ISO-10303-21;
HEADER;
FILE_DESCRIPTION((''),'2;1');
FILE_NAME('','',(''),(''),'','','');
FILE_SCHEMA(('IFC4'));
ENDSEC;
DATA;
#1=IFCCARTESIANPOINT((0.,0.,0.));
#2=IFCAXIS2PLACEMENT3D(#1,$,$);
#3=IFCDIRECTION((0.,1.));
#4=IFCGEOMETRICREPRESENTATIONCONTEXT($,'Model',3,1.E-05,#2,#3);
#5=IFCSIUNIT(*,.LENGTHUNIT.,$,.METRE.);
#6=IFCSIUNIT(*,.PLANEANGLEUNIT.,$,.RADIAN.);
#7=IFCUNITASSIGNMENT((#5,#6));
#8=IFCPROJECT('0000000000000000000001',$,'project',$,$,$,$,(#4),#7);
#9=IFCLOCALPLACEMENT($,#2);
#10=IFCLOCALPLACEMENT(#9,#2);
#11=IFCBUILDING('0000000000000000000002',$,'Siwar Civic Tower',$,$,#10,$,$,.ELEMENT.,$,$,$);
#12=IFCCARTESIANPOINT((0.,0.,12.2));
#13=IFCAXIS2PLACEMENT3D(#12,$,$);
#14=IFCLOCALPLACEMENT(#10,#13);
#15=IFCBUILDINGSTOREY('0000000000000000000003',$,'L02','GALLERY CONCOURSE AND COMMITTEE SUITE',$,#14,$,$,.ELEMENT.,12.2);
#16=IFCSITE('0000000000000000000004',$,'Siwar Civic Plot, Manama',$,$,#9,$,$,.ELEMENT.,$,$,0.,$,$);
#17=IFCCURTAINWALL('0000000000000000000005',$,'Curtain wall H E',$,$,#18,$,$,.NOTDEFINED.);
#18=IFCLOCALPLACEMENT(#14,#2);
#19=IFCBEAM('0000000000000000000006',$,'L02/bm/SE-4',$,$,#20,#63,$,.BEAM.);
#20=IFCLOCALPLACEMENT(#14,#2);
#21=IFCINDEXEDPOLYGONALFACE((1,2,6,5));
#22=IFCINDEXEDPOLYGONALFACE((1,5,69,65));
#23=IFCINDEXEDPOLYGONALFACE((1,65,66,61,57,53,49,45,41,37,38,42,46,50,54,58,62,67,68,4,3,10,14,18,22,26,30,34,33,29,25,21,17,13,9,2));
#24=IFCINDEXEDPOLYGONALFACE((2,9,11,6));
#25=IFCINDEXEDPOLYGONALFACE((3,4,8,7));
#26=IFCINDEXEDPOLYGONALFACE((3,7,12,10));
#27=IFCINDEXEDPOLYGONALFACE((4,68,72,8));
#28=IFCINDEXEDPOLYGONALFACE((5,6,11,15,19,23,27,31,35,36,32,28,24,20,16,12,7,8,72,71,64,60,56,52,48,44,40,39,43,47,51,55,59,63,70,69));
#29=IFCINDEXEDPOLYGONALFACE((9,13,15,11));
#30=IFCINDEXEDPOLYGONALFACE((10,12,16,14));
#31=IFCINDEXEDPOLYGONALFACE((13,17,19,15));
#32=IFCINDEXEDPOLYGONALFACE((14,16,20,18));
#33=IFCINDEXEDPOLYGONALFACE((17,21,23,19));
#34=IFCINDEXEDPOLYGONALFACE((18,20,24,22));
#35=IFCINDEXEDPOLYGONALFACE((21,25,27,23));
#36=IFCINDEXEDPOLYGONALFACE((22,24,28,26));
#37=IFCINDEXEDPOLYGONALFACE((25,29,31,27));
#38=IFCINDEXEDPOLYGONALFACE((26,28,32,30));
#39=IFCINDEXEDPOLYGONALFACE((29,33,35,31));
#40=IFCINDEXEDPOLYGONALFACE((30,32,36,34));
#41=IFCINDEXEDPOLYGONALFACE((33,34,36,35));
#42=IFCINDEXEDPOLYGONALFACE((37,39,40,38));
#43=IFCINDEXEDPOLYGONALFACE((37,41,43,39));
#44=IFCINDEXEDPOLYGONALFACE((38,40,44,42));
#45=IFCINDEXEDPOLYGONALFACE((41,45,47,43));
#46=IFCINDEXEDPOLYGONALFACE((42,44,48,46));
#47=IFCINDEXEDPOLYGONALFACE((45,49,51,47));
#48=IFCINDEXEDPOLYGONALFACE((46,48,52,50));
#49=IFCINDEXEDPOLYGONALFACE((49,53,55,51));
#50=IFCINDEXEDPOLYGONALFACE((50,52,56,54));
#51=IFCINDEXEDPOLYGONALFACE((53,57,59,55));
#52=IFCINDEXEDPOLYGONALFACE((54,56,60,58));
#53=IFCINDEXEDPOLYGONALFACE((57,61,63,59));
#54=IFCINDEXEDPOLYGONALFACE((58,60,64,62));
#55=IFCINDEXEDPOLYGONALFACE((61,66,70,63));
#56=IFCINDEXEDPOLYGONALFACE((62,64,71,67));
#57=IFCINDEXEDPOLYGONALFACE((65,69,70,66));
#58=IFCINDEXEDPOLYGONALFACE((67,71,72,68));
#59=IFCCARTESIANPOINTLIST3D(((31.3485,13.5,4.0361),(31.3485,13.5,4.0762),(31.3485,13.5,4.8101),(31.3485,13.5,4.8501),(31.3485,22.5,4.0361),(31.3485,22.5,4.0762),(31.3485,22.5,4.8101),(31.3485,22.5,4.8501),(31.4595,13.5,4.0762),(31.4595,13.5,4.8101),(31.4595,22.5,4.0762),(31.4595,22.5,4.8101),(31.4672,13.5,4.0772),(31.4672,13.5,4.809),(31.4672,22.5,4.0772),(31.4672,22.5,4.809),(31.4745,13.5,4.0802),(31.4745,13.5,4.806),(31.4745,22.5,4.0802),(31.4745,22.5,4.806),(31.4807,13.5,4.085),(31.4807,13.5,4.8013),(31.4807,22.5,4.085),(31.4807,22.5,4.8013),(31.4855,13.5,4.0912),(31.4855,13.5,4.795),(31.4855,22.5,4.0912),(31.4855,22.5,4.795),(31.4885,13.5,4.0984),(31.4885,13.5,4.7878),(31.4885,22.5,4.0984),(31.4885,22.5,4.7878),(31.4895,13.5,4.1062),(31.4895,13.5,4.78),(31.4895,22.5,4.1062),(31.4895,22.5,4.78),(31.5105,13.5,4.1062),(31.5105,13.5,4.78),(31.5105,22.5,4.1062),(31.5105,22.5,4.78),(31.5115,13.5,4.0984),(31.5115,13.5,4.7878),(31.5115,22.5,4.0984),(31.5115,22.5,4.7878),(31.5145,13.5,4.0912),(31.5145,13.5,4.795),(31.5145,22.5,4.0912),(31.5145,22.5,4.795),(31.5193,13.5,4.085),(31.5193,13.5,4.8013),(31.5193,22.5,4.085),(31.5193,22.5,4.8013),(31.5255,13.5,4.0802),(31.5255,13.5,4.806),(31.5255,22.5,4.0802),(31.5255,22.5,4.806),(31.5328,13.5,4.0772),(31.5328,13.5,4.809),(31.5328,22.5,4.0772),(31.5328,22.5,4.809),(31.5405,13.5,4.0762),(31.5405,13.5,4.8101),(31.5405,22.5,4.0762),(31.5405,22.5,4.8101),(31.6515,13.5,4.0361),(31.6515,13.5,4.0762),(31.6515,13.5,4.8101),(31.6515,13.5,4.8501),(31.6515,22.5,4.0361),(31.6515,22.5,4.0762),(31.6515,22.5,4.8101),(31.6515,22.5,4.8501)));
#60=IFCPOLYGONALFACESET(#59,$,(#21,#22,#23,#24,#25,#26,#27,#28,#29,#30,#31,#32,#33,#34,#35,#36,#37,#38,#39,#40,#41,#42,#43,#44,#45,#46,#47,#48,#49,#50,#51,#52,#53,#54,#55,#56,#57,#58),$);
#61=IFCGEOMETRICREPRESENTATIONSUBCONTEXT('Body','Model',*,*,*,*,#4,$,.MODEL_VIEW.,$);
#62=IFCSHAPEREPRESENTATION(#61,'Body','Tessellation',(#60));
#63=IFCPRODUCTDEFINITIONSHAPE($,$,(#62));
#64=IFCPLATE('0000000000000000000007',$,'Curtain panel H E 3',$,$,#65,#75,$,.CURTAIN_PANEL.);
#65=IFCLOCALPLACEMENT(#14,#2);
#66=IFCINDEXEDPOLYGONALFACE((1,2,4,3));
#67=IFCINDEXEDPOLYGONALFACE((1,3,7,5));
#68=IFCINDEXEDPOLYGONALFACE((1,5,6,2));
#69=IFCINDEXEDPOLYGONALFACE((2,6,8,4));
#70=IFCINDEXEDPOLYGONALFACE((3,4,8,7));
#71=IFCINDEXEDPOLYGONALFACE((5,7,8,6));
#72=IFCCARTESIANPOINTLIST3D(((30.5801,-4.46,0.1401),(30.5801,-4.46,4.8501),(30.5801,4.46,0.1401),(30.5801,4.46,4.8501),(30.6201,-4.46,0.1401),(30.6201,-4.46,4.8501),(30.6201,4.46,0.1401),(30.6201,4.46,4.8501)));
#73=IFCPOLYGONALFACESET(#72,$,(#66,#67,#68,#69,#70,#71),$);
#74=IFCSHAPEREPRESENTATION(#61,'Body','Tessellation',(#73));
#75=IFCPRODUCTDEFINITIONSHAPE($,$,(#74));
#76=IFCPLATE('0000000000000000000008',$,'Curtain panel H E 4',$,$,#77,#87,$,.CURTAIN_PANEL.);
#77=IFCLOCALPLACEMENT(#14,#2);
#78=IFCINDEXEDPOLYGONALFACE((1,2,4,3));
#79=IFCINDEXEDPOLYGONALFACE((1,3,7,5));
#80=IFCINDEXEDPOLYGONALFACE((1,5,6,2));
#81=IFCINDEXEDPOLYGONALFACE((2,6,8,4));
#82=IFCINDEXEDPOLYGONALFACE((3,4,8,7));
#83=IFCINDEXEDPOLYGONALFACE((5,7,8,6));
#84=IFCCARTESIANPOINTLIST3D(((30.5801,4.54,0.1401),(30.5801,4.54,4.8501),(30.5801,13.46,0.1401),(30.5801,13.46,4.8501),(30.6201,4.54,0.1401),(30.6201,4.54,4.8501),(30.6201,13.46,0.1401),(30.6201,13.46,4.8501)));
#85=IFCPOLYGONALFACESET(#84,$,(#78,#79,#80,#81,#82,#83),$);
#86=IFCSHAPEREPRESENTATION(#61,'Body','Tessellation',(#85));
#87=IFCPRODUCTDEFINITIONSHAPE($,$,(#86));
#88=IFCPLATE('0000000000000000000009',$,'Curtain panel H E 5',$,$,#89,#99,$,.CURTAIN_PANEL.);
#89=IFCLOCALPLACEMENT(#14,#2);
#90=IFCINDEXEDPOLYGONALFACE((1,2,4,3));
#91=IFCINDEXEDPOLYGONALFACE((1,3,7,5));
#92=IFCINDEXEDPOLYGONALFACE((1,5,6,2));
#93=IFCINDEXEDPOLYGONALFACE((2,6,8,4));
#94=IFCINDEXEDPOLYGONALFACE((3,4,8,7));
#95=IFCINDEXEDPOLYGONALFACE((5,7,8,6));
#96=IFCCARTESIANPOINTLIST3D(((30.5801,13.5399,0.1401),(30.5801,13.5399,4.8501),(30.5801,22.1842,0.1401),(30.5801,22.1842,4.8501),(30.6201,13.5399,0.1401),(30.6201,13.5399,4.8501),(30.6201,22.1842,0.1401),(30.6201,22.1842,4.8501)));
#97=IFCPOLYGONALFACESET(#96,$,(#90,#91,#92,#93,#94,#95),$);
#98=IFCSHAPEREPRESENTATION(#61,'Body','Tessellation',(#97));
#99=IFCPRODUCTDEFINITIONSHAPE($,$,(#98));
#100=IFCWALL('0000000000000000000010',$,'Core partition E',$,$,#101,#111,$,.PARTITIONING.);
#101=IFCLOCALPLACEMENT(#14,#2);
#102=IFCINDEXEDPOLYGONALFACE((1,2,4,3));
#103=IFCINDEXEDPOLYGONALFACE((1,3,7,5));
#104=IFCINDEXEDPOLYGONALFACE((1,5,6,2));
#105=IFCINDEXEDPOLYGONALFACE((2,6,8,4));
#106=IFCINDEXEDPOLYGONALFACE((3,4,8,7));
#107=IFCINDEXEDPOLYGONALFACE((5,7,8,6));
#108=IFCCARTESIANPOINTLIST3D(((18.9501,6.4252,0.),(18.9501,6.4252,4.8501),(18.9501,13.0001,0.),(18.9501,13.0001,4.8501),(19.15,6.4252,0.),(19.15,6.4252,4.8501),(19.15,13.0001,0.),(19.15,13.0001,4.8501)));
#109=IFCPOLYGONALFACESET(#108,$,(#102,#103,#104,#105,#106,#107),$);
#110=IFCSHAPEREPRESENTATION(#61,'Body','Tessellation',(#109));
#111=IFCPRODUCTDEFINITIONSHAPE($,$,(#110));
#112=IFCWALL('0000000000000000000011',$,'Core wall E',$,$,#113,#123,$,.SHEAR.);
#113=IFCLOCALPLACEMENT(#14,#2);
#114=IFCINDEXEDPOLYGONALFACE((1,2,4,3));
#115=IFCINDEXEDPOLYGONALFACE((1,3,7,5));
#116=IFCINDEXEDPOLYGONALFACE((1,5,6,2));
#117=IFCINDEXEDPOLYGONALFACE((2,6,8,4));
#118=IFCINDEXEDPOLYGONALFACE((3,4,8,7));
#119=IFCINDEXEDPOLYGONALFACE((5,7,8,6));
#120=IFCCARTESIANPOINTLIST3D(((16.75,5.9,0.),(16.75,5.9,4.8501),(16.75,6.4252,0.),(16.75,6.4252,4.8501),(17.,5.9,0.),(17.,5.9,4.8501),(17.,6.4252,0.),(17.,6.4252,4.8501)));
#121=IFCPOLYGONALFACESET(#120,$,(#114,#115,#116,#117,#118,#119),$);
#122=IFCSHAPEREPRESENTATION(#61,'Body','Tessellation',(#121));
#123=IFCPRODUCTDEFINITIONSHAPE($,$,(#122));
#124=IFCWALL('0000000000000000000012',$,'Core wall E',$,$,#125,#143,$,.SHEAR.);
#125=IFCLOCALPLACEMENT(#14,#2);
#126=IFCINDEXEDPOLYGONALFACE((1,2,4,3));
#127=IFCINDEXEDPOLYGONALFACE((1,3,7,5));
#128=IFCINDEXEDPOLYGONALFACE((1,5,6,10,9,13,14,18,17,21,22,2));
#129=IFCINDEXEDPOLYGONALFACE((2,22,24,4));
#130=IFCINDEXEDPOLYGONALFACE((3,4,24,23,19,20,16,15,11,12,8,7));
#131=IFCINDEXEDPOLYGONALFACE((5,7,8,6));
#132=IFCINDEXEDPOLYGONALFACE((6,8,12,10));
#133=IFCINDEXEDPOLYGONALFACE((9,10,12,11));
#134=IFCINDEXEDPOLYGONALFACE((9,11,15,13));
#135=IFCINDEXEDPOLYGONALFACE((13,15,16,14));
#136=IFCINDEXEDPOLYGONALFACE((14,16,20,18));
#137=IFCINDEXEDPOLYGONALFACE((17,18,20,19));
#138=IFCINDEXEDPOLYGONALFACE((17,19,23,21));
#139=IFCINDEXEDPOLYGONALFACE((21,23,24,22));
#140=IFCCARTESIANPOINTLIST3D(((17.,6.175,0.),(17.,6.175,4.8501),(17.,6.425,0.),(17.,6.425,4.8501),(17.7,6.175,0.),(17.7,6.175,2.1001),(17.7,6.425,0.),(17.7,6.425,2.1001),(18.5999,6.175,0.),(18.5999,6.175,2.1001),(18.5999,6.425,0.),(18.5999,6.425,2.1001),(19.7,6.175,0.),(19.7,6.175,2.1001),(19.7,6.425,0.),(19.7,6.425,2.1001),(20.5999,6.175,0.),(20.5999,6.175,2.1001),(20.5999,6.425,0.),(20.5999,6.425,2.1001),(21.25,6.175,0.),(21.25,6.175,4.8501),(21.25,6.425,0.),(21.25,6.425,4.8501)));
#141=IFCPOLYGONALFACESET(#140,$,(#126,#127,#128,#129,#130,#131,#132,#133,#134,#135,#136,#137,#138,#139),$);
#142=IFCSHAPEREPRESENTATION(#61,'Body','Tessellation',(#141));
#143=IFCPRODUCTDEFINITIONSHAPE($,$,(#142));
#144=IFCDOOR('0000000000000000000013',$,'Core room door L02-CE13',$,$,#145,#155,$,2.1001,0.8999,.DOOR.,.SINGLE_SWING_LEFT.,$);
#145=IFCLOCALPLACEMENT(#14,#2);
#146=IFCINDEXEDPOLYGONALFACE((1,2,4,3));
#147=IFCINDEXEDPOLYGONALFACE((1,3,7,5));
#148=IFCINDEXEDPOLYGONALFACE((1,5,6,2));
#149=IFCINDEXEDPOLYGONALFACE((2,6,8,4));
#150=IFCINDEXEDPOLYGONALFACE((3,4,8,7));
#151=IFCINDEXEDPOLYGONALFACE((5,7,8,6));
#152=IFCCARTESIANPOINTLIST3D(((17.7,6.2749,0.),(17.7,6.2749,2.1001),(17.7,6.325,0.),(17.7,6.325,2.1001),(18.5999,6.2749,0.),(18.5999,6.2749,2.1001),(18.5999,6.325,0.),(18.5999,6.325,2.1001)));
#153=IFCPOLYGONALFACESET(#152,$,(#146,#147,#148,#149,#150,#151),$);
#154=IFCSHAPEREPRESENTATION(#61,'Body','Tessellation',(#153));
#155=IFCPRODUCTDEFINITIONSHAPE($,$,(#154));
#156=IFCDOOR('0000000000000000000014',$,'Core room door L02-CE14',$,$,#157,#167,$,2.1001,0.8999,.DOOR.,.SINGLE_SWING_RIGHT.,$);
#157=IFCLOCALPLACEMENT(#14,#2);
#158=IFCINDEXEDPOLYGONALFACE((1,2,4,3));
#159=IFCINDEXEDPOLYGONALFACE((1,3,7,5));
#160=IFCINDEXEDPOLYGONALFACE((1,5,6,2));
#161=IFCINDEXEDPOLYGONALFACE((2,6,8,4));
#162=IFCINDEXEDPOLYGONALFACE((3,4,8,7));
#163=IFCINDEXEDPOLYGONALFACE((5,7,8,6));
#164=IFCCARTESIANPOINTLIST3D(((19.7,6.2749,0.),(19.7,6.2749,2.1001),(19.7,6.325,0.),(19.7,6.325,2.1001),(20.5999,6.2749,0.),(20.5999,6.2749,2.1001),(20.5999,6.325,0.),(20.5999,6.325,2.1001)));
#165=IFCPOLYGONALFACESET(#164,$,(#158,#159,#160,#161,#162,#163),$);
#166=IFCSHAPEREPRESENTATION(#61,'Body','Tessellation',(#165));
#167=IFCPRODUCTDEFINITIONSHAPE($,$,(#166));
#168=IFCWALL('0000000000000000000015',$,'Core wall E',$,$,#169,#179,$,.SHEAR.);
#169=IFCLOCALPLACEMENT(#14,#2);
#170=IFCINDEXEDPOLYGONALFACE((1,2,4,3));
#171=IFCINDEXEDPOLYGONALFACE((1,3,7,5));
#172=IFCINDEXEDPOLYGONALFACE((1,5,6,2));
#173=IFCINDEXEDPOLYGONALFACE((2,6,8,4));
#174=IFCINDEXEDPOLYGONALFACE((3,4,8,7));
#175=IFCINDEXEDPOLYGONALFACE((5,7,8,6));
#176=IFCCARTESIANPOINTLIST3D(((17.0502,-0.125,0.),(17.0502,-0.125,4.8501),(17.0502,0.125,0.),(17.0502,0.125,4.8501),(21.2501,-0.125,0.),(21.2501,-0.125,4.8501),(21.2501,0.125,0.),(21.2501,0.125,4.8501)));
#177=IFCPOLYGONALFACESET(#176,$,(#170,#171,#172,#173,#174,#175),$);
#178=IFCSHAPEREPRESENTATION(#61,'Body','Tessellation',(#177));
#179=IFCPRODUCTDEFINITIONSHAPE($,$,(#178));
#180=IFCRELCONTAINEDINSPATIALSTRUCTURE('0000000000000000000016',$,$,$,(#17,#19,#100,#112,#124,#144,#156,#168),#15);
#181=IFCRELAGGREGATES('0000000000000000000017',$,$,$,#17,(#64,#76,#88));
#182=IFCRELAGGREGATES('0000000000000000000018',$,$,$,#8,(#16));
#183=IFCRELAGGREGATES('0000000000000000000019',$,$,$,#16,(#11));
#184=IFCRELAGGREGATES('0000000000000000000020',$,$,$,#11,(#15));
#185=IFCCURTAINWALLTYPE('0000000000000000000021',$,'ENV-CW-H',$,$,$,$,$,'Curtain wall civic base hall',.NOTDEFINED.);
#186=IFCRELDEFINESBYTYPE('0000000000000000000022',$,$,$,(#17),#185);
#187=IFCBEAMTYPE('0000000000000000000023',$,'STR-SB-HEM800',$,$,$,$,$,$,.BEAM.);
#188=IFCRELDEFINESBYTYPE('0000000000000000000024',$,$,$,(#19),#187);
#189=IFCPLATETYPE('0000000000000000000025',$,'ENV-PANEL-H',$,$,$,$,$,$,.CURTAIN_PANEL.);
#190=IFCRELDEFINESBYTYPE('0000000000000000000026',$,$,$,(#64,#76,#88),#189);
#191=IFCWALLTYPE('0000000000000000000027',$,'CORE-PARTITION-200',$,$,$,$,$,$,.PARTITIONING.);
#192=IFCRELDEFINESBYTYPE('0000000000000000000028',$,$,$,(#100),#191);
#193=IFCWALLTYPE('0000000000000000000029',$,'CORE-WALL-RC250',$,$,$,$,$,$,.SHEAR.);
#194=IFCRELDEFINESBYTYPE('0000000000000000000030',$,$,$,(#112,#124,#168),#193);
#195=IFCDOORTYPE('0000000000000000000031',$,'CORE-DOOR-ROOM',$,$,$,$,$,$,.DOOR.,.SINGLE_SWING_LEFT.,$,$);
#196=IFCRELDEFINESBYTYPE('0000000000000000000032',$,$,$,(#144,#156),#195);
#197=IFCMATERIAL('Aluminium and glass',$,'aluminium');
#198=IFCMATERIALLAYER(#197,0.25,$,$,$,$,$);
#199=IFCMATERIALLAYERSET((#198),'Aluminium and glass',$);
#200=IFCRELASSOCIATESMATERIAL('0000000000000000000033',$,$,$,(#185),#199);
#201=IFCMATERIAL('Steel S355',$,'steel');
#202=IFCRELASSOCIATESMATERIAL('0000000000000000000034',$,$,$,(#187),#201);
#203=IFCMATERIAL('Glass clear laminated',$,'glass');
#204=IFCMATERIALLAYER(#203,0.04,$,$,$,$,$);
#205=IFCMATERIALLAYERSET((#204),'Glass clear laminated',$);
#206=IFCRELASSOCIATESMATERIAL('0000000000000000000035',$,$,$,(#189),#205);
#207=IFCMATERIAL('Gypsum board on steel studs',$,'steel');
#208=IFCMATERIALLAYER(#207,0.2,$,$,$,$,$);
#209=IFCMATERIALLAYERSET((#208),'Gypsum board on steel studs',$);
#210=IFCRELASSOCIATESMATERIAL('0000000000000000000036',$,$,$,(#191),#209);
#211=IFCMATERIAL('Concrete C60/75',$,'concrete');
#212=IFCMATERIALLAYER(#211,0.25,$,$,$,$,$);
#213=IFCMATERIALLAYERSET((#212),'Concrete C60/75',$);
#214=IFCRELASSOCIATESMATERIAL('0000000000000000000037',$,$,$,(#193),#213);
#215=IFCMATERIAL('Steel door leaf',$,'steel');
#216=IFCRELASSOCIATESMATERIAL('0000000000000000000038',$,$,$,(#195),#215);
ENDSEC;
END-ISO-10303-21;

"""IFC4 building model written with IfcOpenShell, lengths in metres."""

from ifc_helpers import new_model, si_unit, direction, frame, frame_2d, origin, origin_2d, place, context, subcontext, project, spatial, rectangle, i_section, extrude, material, layer, layer_set, material_profile, profile_set, type_object, element, fill, aggregate, save


model = new_model("IFC4")

# Units and contexts
model_context = context("Model", 3, precision=1e-05, world=origin(), true_north=direction((0.0, 1.0)))
body_context = subcontext(model_context, "Body", "Model", "MODEL_VIEW")
ifc_project = project(units=[si_unit("LENGTHUNIT", "METRE"), si_unit("PLANEANGLEUNIT", "RADIAN")], contexts=[model_context])

# Site, building, storey
site_placement = place(None, origin())
site = spatial("IfcSite", under=ifc_project, at=site_placement, Name="Siwar Civic Plot, Manama", CompositionType="ELEMENT", RefElevation=0.0)
building_placement = place(site_placement, origin())
building = spatial("IfcBuilding", under=site, at=building_placement, Name="Siwar Civic Tower", CompositionType="ELEMENT")
storey_placement = place(building_placement, frame((0.0, 0.0, 12.2)))
storey = spatial("IfcBuildingStorey", under=building, at=storey_placement, Name="L02", Description="GALLERY CONCOURSE AND COMMITTEE SUITE", CompositionType="ELEMENT", Elevation=12.2)

# Curtain wall
ifc_material_1 = material(Name="Aluminium and glass", Category="aluminium")
ifc_layer_1 = layer(ifc_material_1, 0.25)
ifc_layer_set_1 = layer_set([ifc_layer_1], Name="Aluminium and glass")
curtain_wall_type = type_object("IfcCurtainWallType", Name="ENV-CW-H", ElementType="Curtain wall civic base hall", PredefinedType="NOTDEFINED", material=ifc_layer_set_1)
curtain_wall_placement = place(storey_placement, origin())
curtain_wall = element("IfcCurtainWall", 1, at=curtain_wall_placement, inside=storey, type_object=curtain_wall_type, Name="Curtain wall H E", PredefinedType="NOTDEFINED")

# Beam
ifc_material_2 = material(Name="Steel S355", Category="steel")
ifc_material_profile_1 = material_profile(ifc_material_2, i_section(OverallWidth=0.303, OverallDepth=0.814, WebThickness=0.021, FlangeThickness=0.04, FilletRadius=0.03, at=origin_2d()), Name="HEM800")
ifc_profile_set_1 = profile_set([ifc_material_profile_1], Name="Steel S355")
beam_type_1 = type_object("IfcBeamType", Name="STR-SB-HEM800", PredefinedType="BEAM", material=ifc_profile_set_1)
for number, where, z_axis, x_axis, name in (
    (2, (31.5, 13.5, 4.4431), (0.0, 1.0, 0.0), (-1.0, 0.0, 0.0), "L02/bm/SE-4"),
):
    element("IfcBeam", number, at=place(storey_placement, frame(where, z_axis=z_axis, x_axis=x_axis)), inside=storey, type_object=beam_type_1, Name=name, PredefinedType="BEAM", context=body_context, shape_type="SweptSolid", body=[
        extrude(i_section(OverallWidth=0.303, OverallDepth=0.814, WebThickness=0.021, FlangeThickness=0.04, FilletRadius=0.03, at=origin_2d()), origin(), (0.0, 0.0, 1.0), 9.0),
    ])

# Plates
ifc_material_3 = material(Name="Glass clear laminated", Category="glass")
ifc_layer_2 = layer(ifc_material_3, 0.04)
ifc_layer_set_2 = layer_set([ifc_layer_2], Name="Glass clear laminated")
plate_type = type_object("IfcPlateType", Name="ENV-PANEL-H", PredefinedType="CURTAIN_PANEL", material=ifc_layer_set_2)
plate_1_placement = place(storey_placement, frame((30.6001, 0.0, 0.1401), z_axis=(0.0, 0.0, 1.0), x_axis=(0.0, 1.0, 0.0)))
plate_1 = element("IfcPlate", 3, at=plate_1_placement, type_object=plate_type, Name="Curtain panel H E 3", PredefinedType="CURTAIN_PANEL", context=body_context, shape_type="SweptSolid", body=[
    extrude(rectangle(XDim=8.9199, YDim=0.04, at=origin_2d()), origin(), (0.0, 0.0, 1.0), 4.71),
])
plate_2_placement = place(storey_placement, frame((30.6001, 9.0, 0.1401), z_axis=(0.0, 0.0, 1.0), x_axis=(0.0, 1.0, 0.0)))
plate_2 = element("IfcPlate", 4, at=plate_2_placement, type_object=plate_type, Name="Curtain panel H E 4", PredefinedType="CURTAIN_PANEL", context=body_context, shape_type="SweptSolid", body=[
    extrude(rectangle(XDim=8.9199, YDim=0.04, at=origin_2d()), origin(), (0.0, 0.0, 1.0), 4.71),
])
plate_3_placement = place(storey_placement, frame((30.6001, 17.8621, 0.1401), z_axis=(0.0, 0.0, 1.0), x_axis=(0.0, 1.0, 0.0)))
plate_3 = element("IfcPlate", 5, at=plate_3_placement, type_object=plate_type, Name="Curtain panel H E 5", PredefinedType="CURTAIN_PANEL", context=body_context, shape_type="SweptSolid", body=[
    extrude(rectangle(XDim=8.6443, YDim=0.04, at=origin_2d()), origin(), (0.0, 0.0, 1.0), 4.71),
])
aggregate(curtain_wall, [plate_1, plate_2, plate_3])

# Walls
ifc_material_4 = material(Name="Gypsum board on steel studs", Category="steel")
ifc_layer_3 = layer(ifc_material_4, 0.2)
ifc_layer_set_3 = layer_set([ifc_layer_3], Name="Gypsum board on steel studs")
wall_type_1 = type_object("IfcWallType", Name="CORE-PARTITION-200", PredefinedType="PARTITIONING", material=ifc_layer_set_3)
wall_1_placement = place(storey_placement, frame((19.05, 6.425, 0.0), z_axis=(0.0, 0.0, 1.0), x_axis=(0.0, 1.0, 0.0)))
element("IfcWall", 6, at=wall_1_placement, inside=storey, type_object=wall_type_1, Name="Core partition E", PredefinedType="PARTITIONING", context=body_context, shape_type="SweptSolid", body=[
    extrude(rectangle(XDim=6.575, YDim=0.2, at=frame_2d((3.2876, 0.0))), origin(), (0.0, 0.0, 1.0), 4.8501),
])
ifc_material_5 = material(Name="Concrete C60/75", Category="concrete")
ifc_layer_4 = layer(ifc_material_5, 0.25)
ifc_layer_set_4 = layer_set([ifc_layer_4], Name="Concrete C60/75")
wall_type_2 = type_object("IfcWallType", Name="CORE-WALL-RC250", PredefinedType="SHEAR", material=ifc_layer_set_4)
wall_2_placement = place(storey_placement, frame((16.875, 5.8999, 0.0), z_axis=(0.0, 0.0, 1.0), x_axis=(0.0, 1.0, 0.0)))
element("IfcWall", 7, at=wall_2_placement, inside=storey, type_object=wall_type_2, Name="Core wall E", PredefinedType="SHEAR", context=body_context, shape_type="SweptSolid", body=[
    extrude(rectangle(XDim=0.5251, YDim=0.25, at=frame_2d((0.2627, 0.0))), origin(), (0.0, 0.0, 1.0), 4.8501),
])

# Wall, openings, doors
wall_3_placement = place(storey_placement, frame((17.0, 6.3, 0.0), z_axis=(0.0, 0.0, 1.0), x_axis=(1.0, 0.0, 0.0)))
wall_3 = element("IfcWall", 8, at=wall_3_placement, inside=storey, type_object=wall_type_2, Name="Core wall E", PredefinedType="SHEAR", context=body_context, shape_type="SweptSolid", body=[
    extrude(rectangle(XDim=4.25, YDim=0.25, at=frame_2d((2.125, 0.0))), origin(), (0.0, 0.0, 1.0), 4.8501),
])
opening_1_placement = place(wall_3_placement, frame((0.7, 0.0, 0.0)))
opening_1 = element("IfcOpeningElement", 9, at=opening_1_placement, cuts=wall_3, PredefinedType="OPENING", context=body_context, shape_type="SweptSolid", body=[
    extrude(rectangle(XDim=0.8999, YDim=2.1001, at=frame_2d((0.45, 1.05))), frame((0.0, 0.135, 0.0), z_axis=(0.0, -1.0, 0.0), x_axis=(1.0, 0.0, 0.0)), (0.0, 0.0, 1.0), 0.27),
])
opening_2_placement = place(wall_3_placement, frame((2.7, 0.0, 0.0)))
opening_2 = element("IfcOpeningElement", 10, at=opening_2_placement, cuts=wall_3, PredefinedType="OPENING", context=body_context, shape_type="SweptSolid", body=[
    extrude(rectangle(XDim=0.8999, YDim=2.1001, at=frame_2d((0.45, 1.05))), frame((0.0, 0.135, 0.0), z_axis=(0.0, -1.0, 0.0), x_axis=(1.0, 0.0, 0.0)), (0.0, 0.0, 1.0), 0.27),
])
ifc_material_6 = material(Name="Steel door leaf", Category="steel")
door_type_1 = type_object("IfcDoorType", Name="CORE-DOOR-ROOM", OperationType="SINGLE_SWING_LEFT", PredefinedType="DOOR", material=ifc_material_6)
door_1_placement = place(opening_1_placement, origin())
door_1 = element("IfcDoor", 11, at=door_1_placement, inside=storey, type_object=door_type_1, Name="Core room door L02-CE13", OperationType="SINGLE_SWING_LEFT", OverallHeight=2.1001, OverallWidth=0.8999, PredefinedType="DOOR", context=body_context, shape_type="SweptSolid", body=[
    extrude(rectangle(XDim=0.8999, YDim=2.1001, at=frame_2d((0.45, 1.05))), frame((0.0, 0.0249, 0.0), z_axis=(0.0, -1.0, 0.0), x_axis=(1.0, 0.0, 0.0)), (0.0, 0.0, 1.0), 0.05),
])
fill(opening_1, door_1)
door_2_placement = place(opening_2_placement, origin())
door_2 = element("IfcDoor", 12, at=door_2_placement, inside=storey, type_object=door_type_1, Name="Core room door L02-CE14", OperationType="SINGLE_SWING_RIGHT", OverallHeight=2.1001, OverallWidth=0.8999, PredefinedType="DOOR", context=body_context, shape_type="SweptSolid", body=[
    extrude(rectangle(XDim=0.8999, YDim=2.1001, at=frame_2d((0.45, 1.05))), frame((0.0, 0.0249, 0.0), z_axis=(0.0, -1.0, 0.0), x_axis=(1.0, 0.0, 0.0)), (0.0, 0.0, 1.0), 0.05),
])
fill(opening_2, door_2)

# Wall
for number, where, z_axis, x_axis, name in (
    (13, (17.05, 0.0, 0.0), (0.0, 0.0, 1.0), (1.0, 0.0, 0.0), "Core wall E"),
):
    element("IfcWall", number, at=place(storey_placement, frame(where, z_axis=z_axis, x_axis=x_axis)), inside=storey, type_object=wall_type_2, Name=name, PredefinedType="SHEAR", context=body_context, shape_type="SweptSolid", body=[
        extrude(rectangle(XDim=4.2, YDim=0.25, at=frame_2d((2.1001, 0.0))), origin(), (0.0, 0.0, 1.0), 4.8501),
    ])

save(model, "model.ifc")
